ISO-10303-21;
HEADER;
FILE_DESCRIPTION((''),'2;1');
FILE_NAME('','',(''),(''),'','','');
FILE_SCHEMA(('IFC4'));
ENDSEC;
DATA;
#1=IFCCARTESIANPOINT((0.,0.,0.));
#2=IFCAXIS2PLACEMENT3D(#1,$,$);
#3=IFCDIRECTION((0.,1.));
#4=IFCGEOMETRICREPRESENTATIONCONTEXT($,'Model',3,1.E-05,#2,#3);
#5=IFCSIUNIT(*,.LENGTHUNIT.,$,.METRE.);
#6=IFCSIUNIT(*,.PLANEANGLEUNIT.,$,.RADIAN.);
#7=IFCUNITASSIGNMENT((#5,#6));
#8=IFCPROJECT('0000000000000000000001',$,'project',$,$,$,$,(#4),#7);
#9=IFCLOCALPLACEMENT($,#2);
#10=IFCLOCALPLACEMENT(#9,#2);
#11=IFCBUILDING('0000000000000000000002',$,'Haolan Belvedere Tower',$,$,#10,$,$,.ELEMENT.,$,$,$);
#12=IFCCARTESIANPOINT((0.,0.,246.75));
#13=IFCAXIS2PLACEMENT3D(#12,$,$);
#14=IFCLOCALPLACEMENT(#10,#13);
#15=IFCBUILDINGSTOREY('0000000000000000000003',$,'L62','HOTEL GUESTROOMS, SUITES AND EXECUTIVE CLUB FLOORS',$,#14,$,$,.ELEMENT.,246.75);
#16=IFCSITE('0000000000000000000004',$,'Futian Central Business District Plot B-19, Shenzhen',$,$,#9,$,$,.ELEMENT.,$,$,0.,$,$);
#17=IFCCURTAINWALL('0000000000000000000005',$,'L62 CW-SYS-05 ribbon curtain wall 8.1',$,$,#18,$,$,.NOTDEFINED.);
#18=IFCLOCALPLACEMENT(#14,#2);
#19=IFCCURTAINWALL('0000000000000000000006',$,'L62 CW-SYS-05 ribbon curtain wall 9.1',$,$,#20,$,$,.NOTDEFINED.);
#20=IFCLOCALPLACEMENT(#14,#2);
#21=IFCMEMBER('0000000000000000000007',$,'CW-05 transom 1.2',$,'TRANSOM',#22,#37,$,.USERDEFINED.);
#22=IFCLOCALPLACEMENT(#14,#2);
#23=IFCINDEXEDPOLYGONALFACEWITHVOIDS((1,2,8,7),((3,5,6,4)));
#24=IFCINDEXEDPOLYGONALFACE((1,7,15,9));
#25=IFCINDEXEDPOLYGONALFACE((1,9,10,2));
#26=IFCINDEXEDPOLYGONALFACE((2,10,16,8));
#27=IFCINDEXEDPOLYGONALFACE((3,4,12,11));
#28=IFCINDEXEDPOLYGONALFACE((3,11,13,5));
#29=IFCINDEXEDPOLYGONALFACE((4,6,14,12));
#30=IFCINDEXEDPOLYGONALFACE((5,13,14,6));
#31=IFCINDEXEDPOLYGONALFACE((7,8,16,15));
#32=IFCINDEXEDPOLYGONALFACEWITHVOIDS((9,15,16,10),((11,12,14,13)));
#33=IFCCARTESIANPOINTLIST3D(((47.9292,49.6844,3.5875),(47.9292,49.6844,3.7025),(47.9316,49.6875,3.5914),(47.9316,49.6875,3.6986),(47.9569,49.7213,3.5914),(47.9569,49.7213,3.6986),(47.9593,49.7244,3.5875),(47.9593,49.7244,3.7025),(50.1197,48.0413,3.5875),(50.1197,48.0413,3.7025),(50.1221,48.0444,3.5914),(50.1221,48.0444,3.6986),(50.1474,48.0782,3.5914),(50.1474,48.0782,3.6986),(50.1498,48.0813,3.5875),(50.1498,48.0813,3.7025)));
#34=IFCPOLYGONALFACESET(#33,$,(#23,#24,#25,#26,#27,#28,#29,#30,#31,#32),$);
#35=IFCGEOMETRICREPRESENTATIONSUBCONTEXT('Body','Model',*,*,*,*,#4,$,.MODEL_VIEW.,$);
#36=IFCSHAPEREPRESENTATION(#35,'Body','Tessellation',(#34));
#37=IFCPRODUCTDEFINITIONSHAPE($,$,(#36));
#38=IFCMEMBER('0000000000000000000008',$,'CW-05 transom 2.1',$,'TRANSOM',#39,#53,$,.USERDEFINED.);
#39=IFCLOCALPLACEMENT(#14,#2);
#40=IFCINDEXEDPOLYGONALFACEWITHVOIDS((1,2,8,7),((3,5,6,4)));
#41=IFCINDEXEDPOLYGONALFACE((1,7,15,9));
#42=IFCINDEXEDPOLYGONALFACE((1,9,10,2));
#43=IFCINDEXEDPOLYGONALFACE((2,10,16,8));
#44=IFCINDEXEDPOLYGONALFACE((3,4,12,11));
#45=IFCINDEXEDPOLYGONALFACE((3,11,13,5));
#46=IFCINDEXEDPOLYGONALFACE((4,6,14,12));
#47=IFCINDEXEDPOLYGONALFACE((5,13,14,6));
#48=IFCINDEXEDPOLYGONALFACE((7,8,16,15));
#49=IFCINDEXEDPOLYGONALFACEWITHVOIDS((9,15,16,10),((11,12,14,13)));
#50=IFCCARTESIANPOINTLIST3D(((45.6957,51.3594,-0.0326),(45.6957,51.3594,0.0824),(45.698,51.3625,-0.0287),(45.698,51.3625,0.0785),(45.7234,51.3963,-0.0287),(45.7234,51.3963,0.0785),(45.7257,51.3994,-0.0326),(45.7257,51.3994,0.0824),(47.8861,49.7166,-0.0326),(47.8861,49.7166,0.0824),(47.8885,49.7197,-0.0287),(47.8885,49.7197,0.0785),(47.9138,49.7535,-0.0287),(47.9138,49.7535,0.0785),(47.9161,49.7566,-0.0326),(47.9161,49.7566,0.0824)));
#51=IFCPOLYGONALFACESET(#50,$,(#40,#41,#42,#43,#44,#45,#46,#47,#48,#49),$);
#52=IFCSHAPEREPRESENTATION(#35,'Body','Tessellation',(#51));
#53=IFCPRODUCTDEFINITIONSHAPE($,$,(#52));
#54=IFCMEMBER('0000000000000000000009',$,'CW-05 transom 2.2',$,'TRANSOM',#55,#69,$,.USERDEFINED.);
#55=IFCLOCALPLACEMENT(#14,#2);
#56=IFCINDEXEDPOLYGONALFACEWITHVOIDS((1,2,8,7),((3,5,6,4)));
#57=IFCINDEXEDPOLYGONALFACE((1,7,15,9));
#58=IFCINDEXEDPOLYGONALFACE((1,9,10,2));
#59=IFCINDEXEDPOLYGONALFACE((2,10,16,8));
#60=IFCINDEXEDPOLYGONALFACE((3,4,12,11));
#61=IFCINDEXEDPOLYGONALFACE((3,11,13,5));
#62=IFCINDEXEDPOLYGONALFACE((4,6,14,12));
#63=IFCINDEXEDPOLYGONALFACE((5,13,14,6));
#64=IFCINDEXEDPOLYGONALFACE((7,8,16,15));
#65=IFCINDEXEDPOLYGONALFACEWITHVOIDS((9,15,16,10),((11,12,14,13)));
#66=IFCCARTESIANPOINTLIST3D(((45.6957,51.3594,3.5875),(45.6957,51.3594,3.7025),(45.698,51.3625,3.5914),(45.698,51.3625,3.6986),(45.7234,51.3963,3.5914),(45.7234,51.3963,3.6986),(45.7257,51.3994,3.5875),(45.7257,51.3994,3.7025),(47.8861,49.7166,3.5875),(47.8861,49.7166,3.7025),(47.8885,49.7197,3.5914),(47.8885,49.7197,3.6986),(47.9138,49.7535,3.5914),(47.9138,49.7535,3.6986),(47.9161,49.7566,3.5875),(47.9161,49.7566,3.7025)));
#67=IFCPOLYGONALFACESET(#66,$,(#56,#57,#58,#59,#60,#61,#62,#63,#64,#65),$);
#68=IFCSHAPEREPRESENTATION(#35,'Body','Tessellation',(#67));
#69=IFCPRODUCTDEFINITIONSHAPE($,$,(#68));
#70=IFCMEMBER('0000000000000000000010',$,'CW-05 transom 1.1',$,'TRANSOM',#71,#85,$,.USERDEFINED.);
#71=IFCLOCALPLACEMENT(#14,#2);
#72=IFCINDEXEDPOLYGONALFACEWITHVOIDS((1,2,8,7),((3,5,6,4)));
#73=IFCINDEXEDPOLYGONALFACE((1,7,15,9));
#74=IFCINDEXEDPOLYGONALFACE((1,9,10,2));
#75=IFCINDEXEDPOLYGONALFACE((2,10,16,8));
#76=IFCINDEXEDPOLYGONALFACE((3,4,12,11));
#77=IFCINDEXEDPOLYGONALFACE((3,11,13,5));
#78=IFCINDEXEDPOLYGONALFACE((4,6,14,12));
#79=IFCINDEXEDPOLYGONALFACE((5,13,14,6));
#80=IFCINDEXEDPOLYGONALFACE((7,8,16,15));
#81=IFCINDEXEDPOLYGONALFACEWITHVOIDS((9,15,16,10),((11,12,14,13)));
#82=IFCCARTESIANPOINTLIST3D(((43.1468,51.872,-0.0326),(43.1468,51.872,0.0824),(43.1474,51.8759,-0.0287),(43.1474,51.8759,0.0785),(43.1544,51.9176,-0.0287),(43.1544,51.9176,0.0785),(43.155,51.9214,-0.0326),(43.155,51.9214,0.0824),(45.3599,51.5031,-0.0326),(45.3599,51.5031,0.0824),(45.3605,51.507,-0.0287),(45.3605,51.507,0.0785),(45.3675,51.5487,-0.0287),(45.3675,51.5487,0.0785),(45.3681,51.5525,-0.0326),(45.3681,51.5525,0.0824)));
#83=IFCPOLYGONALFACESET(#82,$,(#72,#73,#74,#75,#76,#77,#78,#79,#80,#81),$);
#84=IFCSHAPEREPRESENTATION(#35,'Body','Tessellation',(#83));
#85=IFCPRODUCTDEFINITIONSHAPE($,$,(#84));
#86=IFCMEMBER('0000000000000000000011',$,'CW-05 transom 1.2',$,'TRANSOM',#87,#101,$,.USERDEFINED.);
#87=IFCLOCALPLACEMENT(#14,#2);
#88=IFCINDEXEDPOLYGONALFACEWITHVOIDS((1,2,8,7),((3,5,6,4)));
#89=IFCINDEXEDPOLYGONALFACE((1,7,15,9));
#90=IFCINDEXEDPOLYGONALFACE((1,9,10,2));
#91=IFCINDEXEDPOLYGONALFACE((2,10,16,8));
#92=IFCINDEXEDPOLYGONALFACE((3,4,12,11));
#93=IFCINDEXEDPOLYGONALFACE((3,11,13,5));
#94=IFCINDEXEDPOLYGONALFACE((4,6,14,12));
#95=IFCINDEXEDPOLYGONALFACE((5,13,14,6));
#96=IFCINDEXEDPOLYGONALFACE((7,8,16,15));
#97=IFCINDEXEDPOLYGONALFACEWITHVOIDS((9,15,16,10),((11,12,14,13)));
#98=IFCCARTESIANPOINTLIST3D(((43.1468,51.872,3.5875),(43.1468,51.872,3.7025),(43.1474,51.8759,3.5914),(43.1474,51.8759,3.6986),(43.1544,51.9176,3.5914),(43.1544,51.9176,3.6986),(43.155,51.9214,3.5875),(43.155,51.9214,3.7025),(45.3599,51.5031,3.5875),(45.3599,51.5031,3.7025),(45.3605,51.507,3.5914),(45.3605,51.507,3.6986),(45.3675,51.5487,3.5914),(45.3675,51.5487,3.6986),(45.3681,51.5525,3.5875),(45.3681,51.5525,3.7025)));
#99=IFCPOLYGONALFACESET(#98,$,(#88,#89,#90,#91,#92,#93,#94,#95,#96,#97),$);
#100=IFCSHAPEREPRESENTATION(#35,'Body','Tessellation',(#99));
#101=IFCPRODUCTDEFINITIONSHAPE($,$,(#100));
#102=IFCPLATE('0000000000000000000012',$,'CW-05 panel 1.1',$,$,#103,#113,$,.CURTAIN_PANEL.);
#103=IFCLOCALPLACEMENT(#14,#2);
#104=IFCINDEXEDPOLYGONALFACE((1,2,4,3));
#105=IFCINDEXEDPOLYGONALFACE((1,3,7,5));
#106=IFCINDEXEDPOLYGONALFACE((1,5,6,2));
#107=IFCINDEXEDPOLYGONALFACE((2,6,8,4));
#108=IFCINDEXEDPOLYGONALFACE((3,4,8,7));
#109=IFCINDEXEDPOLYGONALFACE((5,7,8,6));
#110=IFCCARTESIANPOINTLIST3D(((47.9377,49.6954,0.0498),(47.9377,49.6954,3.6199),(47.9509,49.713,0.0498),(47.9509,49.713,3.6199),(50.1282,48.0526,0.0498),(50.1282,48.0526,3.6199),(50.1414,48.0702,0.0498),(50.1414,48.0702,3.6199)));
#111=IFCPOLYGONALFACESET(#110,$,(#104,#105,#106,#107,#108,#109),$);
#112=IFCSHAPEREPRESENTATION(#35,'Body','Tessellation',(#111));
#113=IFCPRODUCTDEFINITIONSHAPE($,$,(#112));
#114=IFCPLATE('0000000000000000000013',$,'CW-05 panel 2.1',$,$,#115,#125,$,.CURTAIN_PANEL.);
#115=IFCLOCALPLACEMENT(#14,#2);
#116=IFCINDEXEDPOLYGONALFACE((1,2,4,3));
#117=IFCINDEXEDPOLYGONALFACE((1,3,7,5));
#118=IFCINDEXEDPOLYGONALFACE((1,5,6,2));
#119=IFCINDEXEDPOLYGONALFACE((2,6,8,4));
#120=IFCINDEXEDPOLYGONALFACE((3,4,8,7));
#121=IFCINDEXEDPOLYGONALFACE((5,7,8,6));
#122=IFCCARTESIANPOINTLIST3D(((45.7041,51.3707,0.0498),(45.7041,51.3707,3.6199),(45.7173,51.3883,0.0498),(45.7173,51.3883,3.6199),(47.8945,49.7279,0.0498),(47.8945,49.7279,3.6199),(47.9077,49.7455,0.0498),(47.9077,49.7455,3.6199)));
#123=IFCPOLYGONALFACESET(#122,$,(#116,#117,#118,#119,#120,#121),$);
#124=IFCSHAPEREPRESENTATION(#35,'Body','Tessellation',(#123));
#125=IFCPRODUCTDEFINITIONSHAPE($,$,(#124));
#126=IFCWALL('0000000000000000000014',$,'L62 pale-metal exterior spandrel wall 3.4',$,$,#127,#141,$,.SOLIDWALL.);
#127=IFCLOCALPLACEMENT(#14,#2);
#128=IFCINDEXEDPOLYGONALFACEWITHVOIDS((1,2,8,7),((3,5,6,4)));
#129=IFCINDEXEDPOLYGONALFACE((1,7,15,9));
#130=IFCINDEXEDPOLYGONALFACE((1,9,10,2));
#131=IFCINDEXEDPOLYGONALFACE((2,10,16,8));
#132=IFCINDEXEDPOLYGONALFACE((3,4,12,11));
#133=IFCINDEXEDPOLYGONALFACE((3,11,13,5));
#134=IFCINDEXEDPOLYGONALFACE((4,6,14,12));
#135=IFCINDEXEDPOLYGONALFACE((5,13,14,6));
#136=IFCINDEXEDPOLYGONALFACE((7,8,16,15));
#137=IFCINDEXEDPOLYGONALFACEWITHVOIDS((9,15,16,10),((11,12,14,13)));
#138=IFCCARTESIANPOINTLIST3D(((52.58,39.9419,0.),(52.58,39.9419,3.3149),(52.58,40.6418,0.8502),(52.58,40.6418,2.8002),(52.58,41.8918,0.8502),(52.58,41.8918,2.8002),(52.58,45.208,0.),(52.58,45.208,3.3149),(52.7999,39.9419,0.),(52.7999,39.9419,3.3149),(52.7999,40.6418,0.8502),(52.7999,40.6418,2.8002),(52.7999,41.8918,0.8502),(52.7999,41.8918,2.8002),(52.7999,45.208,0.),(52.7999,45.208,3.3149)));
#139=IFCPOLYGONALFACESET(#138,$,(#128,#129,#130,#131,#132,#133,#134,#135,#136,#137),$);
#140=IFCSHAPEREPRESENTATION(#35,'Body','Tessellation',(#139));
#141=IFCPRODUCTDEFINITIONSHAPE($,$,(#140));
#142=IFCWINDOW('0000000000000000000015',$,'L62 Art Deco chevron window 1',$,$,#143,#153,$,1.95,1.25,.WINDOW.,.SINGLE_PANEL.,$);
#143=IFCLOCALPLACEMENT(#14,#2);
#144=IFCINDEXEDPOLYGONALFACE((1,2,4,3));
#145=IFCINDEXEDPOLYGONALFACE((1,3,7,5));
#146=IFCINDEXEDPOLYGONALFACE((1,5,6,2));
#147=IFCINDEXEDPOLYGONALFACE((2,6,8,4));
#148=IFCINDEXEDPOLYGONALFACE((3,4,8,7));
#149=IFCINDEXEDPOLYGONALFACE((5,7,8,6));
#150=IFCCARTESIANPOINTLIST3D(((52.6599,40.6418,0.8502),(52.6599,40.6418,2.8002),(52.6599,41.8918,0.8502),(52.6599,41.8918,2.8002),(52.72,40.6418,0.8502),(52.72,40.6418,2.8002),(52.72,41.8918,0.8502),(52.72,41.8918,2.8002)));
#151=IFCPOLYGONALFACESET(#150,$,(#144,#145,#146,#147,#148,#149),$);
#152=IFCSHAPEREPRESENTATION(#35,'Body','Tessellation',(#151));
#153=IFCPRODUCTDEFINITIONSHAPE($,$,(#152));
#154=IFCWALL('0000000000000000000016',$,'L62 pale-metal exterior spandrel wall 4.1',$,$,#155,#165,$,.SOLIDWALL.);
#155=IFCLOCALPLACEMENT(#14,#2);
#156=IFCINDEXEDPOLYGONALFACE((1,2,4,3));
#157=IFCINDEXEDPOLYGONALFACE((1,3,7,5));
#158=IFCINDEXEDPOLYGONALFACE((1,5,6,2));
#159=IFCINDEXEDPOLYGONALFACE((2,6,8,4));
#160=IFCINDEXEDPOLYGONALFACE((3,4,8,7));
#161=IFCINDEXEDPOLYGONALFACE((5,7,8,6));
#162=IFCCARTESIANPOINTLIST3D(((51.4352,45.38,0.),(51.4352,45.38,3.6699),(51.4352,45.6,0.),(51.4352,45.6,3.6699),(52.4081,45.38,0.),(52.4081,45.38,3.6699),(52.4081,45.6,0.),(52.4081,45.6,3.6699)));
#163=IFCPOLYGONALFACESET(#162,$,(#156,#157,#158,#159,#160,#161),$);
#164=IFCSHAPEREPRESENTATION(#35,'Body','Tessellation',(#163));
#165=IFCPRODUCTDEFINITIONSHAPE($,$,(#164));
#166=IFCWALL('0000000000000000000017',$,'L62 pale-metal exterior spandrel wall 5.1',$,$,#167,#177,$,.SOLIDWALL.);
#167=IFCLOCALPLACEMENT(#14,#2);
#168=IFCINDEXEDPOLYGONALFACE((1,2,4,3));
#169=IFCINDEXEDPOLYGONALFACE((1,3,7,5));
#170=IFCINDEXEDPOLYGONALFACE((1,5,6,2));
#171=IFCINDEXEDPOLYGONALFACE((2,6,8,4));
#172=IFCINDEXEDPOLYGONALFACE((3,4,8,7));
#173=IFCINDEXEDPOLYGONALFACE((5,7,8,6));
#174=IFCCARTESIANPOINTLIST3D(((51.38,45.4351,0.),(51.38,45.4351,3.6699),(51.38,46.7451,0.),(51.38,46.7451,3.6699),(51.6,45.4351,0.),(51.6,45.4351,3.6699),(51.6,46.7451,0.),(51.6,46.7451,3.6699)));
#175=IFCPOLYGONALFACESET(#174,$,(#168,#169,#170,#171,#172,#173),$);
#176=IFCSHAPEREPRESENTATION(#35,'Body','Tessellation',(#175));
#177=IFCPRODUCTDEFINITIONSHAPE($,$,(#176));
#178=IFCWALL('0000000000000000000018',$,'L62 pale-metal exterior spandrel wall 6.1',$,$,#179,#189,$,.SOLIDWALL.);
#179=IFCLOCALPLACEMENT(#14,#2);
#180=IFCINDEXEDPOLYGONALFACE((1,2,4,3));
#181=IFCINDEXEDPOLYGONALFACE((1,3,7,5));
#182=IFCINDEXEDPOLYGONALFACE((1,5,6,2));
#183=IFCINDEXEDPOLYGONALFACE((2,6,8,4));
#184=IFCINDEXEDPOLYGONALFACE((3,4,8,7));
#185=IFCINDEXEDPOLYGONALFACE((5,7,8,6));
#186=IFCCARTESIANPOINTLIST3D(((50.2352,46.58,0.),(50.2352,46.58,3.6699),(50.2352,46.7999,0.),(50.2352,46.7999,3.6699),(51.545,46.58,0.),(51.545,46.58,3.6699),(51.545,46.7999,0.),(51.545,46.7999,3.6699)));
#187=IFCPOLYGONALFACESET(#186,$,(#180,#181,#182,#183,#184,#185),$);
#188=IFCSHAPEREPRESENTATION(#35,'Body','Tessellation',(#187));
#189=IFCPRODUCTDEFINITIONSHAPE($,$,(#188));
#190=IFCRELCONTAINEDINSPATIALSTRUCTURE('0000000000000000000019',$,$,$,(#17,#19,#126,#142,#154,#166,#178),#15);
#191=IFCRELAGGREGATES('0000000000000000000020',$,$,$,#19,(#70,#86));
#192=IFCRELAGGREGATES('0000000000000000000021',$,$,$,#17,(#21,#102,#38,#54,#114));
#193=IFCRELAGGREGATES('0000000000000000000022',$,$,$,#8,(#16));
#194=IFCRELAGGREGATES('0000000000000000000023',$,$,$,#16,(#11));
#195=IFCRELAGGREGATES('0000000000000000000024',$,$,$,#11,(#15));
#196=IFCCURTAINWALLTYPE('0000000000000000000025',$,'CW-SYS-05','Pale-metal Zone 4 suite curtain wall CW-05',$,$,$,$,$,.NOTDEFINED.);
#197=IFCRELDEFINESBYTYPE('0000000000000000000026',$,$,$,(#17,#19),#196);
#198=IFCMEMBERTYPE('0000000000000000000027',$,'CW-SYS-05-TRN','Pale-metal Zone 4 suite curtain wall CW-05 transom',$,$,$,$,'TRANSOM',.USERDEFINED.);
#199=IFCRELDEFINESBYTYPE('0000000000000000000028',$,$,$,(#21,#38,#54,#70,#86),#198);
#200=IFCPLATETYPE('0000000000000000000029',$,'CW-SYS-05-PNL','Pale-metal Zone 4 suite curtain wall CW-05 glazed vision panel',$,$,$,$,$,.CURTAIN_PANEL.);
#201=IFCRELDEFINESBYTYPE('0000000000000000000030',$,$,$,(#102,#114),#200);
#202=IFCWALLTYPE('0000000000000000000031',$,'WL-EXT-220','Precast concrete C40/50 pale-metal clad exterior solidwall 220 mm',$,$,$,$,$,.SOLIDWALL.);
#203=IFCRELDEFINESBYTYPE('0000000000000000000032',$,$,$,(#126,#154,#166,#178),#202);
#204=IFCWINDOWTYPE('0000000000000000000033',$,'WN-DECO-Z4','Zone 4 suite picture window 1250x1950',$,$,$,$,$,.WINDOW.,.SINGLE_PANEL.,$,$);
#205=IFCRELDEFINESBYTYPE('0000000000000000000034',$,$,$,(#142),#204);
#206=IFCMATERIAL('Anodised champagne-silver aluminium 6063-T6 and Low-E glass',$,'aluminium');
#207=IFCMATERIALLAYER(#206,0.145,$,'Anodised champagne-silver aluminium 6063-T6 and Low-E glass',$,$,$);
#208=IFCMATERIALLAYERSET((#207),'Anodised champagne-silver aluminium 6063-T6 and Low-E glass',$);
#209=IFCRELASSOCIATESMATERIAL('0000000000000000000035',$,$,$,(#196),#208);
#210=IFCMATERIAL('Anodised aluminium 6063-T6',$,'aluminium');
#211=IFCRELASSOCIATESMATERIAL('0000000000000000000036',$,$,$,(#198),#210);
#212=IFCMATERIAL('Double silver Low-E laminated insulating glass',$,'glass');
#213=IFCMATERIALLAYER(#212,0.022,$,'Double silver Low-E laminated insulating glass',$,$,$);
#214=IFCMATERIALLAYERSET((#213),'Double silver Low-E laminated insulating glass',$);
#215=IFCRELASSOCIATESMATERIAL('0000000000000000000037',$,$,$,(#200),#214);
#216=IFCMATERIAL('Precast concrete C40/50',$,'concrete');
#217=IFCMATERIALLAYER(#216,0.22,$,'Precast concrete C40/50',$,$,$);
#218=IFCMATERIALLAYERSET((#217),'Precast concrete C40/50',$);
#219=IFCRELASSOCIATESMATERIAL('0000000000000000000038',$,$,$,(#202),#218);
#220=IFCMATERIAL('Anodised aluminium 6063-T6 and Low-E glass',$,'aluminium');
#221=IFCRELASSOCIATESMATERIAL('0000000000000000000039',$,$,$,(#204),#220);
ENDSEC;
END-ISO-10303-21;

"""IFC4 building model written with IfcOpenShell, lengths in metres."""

from ifc_helpers import new_model, si_unit, direction, frame, frame_2d, origin, origin_2d, place, context, subcontext, project, spatial, rectangle, hollow_rectangle, extrude, material, layer, layer_set, material_profile, profile_set, type_object, element, fill, aggregate, save


model = new_model("IFC4")

# Units and contexts
model_context = context("Model", 3, precision=1e-05, world=origin(), true_north=direction((0.0, 1.0)))
body_context = subcontext(model_context, "Body", "Model", "MODEL_VIEW")
ifc_project = project(units=[si_unit("LENGTHUNIT", "METRE"), si_unit("PLANEANGLEUNIT", "RADIAN")], contexts=[model_context])

# Site, building, storey
site_placement = place(None, origin())
site = spatial("IfcSite", under=ifc_project, at=site_placement, Name="Futian Central Business District Plot B-19, Shenzhen", CompositionType="ELEMENT", RefElevation=0.0)
building_placement = place(site_placement, origin())
building = spatial("IfcBuilding", under=site, at=building_placement, Name="Haolan Belvedere Tower", CompositionType="ELEMENT")
storey_placement = place(building_placement, frame((0.0, 0.0, 246.75)))
storey = spatial("IfcBuildingStorey", under=building, at=storey_placement, Name="L62", Description="HOTEL GUESTROOMS, SUITES AND EXECUTIVE CLUB FLOORS", CompositionType="ELEMENT", Elevation=246.75)

# Curtain wall
ifc_material_1 = material(Name="Anodised champagne-silver aluminium 6063-T6 and Low-E glass", Category="aluminium")
ifc_layer_1 = layer(ifc_material_1, 0.145, Name="Anodised champagne-silver aluminium 6063-T6 and Low-E glass")
ifc_layer_set_1 = layer_set([ifc_layer_1], Name="Anodised champagne-silver aluminium 6063-T6 and Low-E glass")
curtain_wall_type = type_object("IfcCurtainWallType", Name="CW-SYS-05", Description="Pale-metal Zone 4 suite curtain wall CW-05", PredefinedType="NOTDEFINED", material=ifc_layer_set_1)
curtain_wall_1_placement = place(storey_placement, origin())
curtain_wall_1 = element("IfcCurtainWall", 1, at=curtain_wall_1_placement, inside=storey, type_object=curtain_wall_type, Name="L62 CW-SYS-05 ribbon curtain wall 8.1", PredefinedType="NOTDEFINED")
ifc_material_2 = material(Name="Anodised aluminium 6063-T6", Category="aluminium")

# Curtain wall
curtain_wall_2_placement = place(storey_placement, origin())
curtain_wall_2 = element("IfcCurtainWall", 2, at=curtain_wall_2_placement, inside=storey, type_object=curtain_wall_type, Name="L62 CW-SYS-05 ribbon curtain wall 9.1", PredefinedType="NOTDEFINED")

# Members
ifc_material_profile_1 = material_profile(ifc_material_2, hollow_rectangle(XDim=0.05, YDim=0.115, WallThickness=0.0039, at=origin_2d()), Name="Anodised aluminium 6063-T6")
ifc_profile_set_1 = profile_set([ifc_material_profile_1], Name="Anodised aluminium 6063-T6")
member_type_1 = type_object("IfcMemberType", Name="CW-SYS-05-TRN", Description="Pale-metal Zone 4 suite curtain wall CW-05 transom", ElementType="TRANSOM", PredefinedType="USERDEFINED", material=ifc_profile_set_1)
member_1_placement = place(storey_placement, frame((50.1348, 48.0613, 3.645), z_axis=(-0.799957, 0.600057, 0.0), x_axis=(-0.600057, -0.799957, 0.0)))
member_1 = element("IfcMember", 3, at=member_1_placement, type_object=member_type_1, Name="CW-05 transom 1.2", ObjectType="TRANSOM", PredefinedType="USERDEFINED", context=body_context, shape_type="SweptSolid", body=[
    extrude(hollow_rectangle(XDim=0.05, YDim=0.115, WallThickness=0.0039, at=origin_2d()), origin(), (0.0, 0.0, 1.0), 2.7383),
])
member_2_placement = place(storey_placement, frame((47.9011, 49.7366, 0.0249), z_axis=(-0.8, 0.6, 0.0), x_axis=(-0.6, -0.8, 0.0)))
member_2 = element("IfcMember", 4, at=member_2_placement, type_object=member_type_1, Name="CW-05 transom 2.1", ObjectType="TRANSOM", PredefinedType="USERDEFINED", context=body_context, shape_type="SweptSolid", body=[
    extrude(hollow_rectangle(XDim=0.05, YDim=0.115, WallThickness=0.0039, at=origin_2d()), origin(), (0.0, 0.0, 1.0), 2.738),
])
member_3_placement = place(storey_placement, frame((47.9011, 49.7366, 3.645), z_axis=(-0.8, 0.6, 0.0), x_axis=(-0.6, -0.8, 0.0)))
member_3 = element("IfcMember", 5, at=member_3_placement, type_object=member_type_1, Name="CW-05 transom 2.2", ObjectType="TRANSOM", PredefinedType="USERDEFINED", context=body_context, shape_type="SweptSolid", body=[
    extrude(hollow_rectangle(XDim=0.05, YDim=0.115, WallThickness=0.0039, at=origin_2d()), origin(), (0.0, 0.0, 1.0), 2.738),
])
member_4_placement = place(storey_placement, frame((45.364, 51.5278, 0.0249), z_axis=(-0.986391, 0.164417, 0.0), x_axis=(-0.164417, -0.986391, 0.0)))
member_4 = element("IfcMember", 6, at=member_4_placement, type_object=member_type_1, Name="CW-05 transom 1.1", ObjectType="TRANSOM", PredefinedType="USERDEFINED", context=body_context, shape_type="SweptSolid", body=[
    extrude(hollow_rectangle(XDim=0.05, YDim=0.115, WallThickness=0.0039, at=origin_2d()), origin(), (0.0, 0.0, 1.0), 2.2437),
])
member_5_placement = place(storey_placement, frame((45.364, 51.5278, 3.645), z_axis=(-0.986391, 0.164417, 0.0), x_axis=(-0.164417, -0.986391, 0.0)))
member_5 = element("IfcMember", 7, at=member_5_placement, type_object=member_type_1, Name="CW-05 transom 1.2", ObjectType="TRANSOM", PredefinedType="USERDEFINED", context=body_context, shape_type="SweptSolid", body=[
    extrude(hollow_rectangle(XDim=0.05, YDim=0.115, WallThickness=0.0039, at=origin_2d()), origin(), (0.0, 0.0, 1.0), 2.2437),
])
aggregate(curtain_wall_2, [member_4, member_5])

# Plates
ifc_material_3 = material(Name="Double silver Low-E laminated insulating glass", Category="glass")
ifc_layer_2 = layer(ifc_material_3, 0.022, Name="Double silver Low-E laminated insulating glass")
ifc_layer_set_2 = layer_set([ifc_layer_2], Name="Double silver Low-E laminated insulating glass")
plate_type = type_object("IfcPlateType", Name="CW-SYS-05-PNL", Description="Pale-metal Zone 4 suite curtain wall CW-05 glazed vision panel", PredefinedType="CURTAIN_PANEL", material=ifc_layer_set_2)
plate_1_placement = place(storey_placement, frame((49.0396, 48.8828, 0.0498), z_axis=(0.0, 0.0, 1.0), x_axis=(-0.799998, 0.600003, 0.0)))
plate_1 = element("IfcPlate", 8, at=plate_1_placement, type_object=plate_type, Name="CW-05 panel 1.1", PredefinedType="CURTAIN_PANEL", context=body_context, shape_type="SweptSolid", body=[
    extrude(rectangle(XDim=2.738, YDim=0.022, at=origin_2d()), origin(), (0.0, 0.0, 1.0), 3.5701),
])
plate_2_placement = place(storey_placement, frame((46.8059, 50.5581, 0.0498), z_axis=(0.0, 0.0, 1.0), x_axis=(-0.799998, 0.600003, 0.0)))
plate_2 = element("IfcPlate", 9, at=plate_2_placement, type_object=plate_type, Name="CW-05 panel 2.1", PredefinedType="CURTAIN_PANEL", context=body_context, shape_type="SweptSolid", body=[
    extrude(rectangle(XDim=2.738, YDim=0.022, at=origin_2d()), origin(), (0.0, 0.0, 1.0), 3.5701),
])
aggregate(curtain_wall_1, [member_1, plate_1, member_2, member_3, plate_2])

# Wall, opening, window
ifc_material_4 = material(Name="Precast concrete C40/50", Category="concrete")
ifc_layer_3 = layer(ifc_material_4, 0.22, Name="Precast concrete C40/50")
ifc_layer_set_3 = layer_set([ifc_layer_3], Name="Precast concrete C40/50")
wall_type_1 = type_object("IfcWallType", Name="WL-EXT-220", Description="Precast concrete C40/50 pale-metal clad exterior solidwall 220 mm", PredefinedType="SOLIDWALL", material=ifc_layer_set_3)
wall_1_placement = place(storey_placement, frame((52.6899, 39.9419, 0.0), z_axis=(0.0, 0.0, 1.0), x_axis=(0.0, 1.0, 0.0)))
wall_1 = element("IfcWall", 10, at=wall_1_placement, inside=storey, type_object=wall_type_1, Name="L62 pale-metal exterior spandrel wall 3.4", PredefinedType="SOLIDWALL", context=body_context, shape_type="SweptSolid", body=[
    extrude(rectangle(XDim=5.2661, YDim=0.22, at=frame_2d((2.6331, 0.0))), origin(), (0.0, 0.0, 1.0), 3.3149),
])
opening_1_placement = place(wall_1_placement, frame((0.7, 0.0, 0.8501)))
opening_1 = element("IfcOpeningElement", 11, at=opening_1_placement, cuts=wall_1, PredefinedType="OPENING", context=body_context, shape_type="SweptSolid", body=[
    extrude(rectangle(XDim=1.25, YDim=1.95, at=frame_2d((0.625, 0.9751))), frame((0.0, 0.1199, 0.0), z_axis=(0.0, -1.0, 0.0), x_axis=(1.0, 0.0, 0.0)), (0.0, 0.0, 1.0), 0.24),
])
ifc_material_5 = material(Name="Anodised aluminium 6063-T6 and Low-E glass", Category="aluminium")
window_type = type_object("IfcWindowType", Name="WN-DECO-Z4", Description="Zone 4 suite picture window 1250x1950", PartitioningType="SINGLE_PANEL", PredefinedType="WINDOW", material=ifc_material_5)
window_placement = place(opening_1_placement, origin())
window = element("IfcWindow", 12, at=window_placement, inside=storey, type_object=window_type, Name="L62 Art Deco chevron window 1", OverallHeight=1.95, OverallWidth=1.25, PartitioningType="SINGLE_PANEL", PredefinedType="WINDOW", context=body_context, shape_type="SweptSolid", body=[
    extrude(rectangle(XDim=1.25, YDim=1.95, at=frame_2d((0.625, 0.9751))), frame((0.0, 0.03, 0.0), z_axis=(0.0, -1.0, 0.0), x_axis=(1.0, 0.0, 0.0)), (0.0, 0.0, 1.0), 0.0601),
])
fill(opening_1, window)

# Walls
wall_2_placement = place(storey_placement, frame((52.408, 45.49, 0.0), z_axis=(0.0, 0.0, 1.0), x_axis=(-1.0, 0.0, 0.0)))
element("IfcWall", 13, at=wall_2_placement, inside=storey, type_object=wall_type_1, Name="L62 pale-metal exterior spandrel wall 4.1", PredefinedType="SOLIDWALL", context=body_context, shape_type="SweptSolid", body=[
    extrude(rectangle(XDim=0.9729, YDim=0.22, at=frame_2d((0.4863, 0.0))), origin(), (0.0, 0.0, 1.0), 3.6699),
])
wall_3_placement = place(storey_placement, frame((51.49, 45.4351, 0.0), z_axis=(0.0, 0.0, 1.0), x_axis=(0.0, 1.0, 0.0)))
element("IfcWall", 14, at=wall_3_placement, inside=storey, type_object=wall_type_1, Name="L62 pale-metal exterior spandrel wall 5.1", PredefinedType="SOLIDWALL", context=body_context, shape_type="SweptSolid", body=[
    extrude(rectangle(XDim=1.3101, YDim=0.22, at=frame_2d((0.655, 0.0))), origin(), (0.0, 0.0, 1.0), 3.6699),
])
wall_4_placement = place(storey_placement, frame((51.5449, 46.6899, 0.0), z_axis=(0.0, 0.0, 1.0), x_axis=(-1.0, 0.0, 0.0)))
element("IfcWall", 15, at=wall_4_placement, inside=storey, type_object=wall_type_1, Name="L62 pale-metal exterior spandrel wall 6.1", PredefinedType="SOLIDWALL", context=body_context, shape_type="SweptSolid", body=[
    extrude(rectangle(XDim=1.3098, YDim=0.22, at=frame_2d((0.6548, 0.0))), origin(), (0.0, 0.0, 1.0), 3.6699),
])

save(model, "model.ifc")
